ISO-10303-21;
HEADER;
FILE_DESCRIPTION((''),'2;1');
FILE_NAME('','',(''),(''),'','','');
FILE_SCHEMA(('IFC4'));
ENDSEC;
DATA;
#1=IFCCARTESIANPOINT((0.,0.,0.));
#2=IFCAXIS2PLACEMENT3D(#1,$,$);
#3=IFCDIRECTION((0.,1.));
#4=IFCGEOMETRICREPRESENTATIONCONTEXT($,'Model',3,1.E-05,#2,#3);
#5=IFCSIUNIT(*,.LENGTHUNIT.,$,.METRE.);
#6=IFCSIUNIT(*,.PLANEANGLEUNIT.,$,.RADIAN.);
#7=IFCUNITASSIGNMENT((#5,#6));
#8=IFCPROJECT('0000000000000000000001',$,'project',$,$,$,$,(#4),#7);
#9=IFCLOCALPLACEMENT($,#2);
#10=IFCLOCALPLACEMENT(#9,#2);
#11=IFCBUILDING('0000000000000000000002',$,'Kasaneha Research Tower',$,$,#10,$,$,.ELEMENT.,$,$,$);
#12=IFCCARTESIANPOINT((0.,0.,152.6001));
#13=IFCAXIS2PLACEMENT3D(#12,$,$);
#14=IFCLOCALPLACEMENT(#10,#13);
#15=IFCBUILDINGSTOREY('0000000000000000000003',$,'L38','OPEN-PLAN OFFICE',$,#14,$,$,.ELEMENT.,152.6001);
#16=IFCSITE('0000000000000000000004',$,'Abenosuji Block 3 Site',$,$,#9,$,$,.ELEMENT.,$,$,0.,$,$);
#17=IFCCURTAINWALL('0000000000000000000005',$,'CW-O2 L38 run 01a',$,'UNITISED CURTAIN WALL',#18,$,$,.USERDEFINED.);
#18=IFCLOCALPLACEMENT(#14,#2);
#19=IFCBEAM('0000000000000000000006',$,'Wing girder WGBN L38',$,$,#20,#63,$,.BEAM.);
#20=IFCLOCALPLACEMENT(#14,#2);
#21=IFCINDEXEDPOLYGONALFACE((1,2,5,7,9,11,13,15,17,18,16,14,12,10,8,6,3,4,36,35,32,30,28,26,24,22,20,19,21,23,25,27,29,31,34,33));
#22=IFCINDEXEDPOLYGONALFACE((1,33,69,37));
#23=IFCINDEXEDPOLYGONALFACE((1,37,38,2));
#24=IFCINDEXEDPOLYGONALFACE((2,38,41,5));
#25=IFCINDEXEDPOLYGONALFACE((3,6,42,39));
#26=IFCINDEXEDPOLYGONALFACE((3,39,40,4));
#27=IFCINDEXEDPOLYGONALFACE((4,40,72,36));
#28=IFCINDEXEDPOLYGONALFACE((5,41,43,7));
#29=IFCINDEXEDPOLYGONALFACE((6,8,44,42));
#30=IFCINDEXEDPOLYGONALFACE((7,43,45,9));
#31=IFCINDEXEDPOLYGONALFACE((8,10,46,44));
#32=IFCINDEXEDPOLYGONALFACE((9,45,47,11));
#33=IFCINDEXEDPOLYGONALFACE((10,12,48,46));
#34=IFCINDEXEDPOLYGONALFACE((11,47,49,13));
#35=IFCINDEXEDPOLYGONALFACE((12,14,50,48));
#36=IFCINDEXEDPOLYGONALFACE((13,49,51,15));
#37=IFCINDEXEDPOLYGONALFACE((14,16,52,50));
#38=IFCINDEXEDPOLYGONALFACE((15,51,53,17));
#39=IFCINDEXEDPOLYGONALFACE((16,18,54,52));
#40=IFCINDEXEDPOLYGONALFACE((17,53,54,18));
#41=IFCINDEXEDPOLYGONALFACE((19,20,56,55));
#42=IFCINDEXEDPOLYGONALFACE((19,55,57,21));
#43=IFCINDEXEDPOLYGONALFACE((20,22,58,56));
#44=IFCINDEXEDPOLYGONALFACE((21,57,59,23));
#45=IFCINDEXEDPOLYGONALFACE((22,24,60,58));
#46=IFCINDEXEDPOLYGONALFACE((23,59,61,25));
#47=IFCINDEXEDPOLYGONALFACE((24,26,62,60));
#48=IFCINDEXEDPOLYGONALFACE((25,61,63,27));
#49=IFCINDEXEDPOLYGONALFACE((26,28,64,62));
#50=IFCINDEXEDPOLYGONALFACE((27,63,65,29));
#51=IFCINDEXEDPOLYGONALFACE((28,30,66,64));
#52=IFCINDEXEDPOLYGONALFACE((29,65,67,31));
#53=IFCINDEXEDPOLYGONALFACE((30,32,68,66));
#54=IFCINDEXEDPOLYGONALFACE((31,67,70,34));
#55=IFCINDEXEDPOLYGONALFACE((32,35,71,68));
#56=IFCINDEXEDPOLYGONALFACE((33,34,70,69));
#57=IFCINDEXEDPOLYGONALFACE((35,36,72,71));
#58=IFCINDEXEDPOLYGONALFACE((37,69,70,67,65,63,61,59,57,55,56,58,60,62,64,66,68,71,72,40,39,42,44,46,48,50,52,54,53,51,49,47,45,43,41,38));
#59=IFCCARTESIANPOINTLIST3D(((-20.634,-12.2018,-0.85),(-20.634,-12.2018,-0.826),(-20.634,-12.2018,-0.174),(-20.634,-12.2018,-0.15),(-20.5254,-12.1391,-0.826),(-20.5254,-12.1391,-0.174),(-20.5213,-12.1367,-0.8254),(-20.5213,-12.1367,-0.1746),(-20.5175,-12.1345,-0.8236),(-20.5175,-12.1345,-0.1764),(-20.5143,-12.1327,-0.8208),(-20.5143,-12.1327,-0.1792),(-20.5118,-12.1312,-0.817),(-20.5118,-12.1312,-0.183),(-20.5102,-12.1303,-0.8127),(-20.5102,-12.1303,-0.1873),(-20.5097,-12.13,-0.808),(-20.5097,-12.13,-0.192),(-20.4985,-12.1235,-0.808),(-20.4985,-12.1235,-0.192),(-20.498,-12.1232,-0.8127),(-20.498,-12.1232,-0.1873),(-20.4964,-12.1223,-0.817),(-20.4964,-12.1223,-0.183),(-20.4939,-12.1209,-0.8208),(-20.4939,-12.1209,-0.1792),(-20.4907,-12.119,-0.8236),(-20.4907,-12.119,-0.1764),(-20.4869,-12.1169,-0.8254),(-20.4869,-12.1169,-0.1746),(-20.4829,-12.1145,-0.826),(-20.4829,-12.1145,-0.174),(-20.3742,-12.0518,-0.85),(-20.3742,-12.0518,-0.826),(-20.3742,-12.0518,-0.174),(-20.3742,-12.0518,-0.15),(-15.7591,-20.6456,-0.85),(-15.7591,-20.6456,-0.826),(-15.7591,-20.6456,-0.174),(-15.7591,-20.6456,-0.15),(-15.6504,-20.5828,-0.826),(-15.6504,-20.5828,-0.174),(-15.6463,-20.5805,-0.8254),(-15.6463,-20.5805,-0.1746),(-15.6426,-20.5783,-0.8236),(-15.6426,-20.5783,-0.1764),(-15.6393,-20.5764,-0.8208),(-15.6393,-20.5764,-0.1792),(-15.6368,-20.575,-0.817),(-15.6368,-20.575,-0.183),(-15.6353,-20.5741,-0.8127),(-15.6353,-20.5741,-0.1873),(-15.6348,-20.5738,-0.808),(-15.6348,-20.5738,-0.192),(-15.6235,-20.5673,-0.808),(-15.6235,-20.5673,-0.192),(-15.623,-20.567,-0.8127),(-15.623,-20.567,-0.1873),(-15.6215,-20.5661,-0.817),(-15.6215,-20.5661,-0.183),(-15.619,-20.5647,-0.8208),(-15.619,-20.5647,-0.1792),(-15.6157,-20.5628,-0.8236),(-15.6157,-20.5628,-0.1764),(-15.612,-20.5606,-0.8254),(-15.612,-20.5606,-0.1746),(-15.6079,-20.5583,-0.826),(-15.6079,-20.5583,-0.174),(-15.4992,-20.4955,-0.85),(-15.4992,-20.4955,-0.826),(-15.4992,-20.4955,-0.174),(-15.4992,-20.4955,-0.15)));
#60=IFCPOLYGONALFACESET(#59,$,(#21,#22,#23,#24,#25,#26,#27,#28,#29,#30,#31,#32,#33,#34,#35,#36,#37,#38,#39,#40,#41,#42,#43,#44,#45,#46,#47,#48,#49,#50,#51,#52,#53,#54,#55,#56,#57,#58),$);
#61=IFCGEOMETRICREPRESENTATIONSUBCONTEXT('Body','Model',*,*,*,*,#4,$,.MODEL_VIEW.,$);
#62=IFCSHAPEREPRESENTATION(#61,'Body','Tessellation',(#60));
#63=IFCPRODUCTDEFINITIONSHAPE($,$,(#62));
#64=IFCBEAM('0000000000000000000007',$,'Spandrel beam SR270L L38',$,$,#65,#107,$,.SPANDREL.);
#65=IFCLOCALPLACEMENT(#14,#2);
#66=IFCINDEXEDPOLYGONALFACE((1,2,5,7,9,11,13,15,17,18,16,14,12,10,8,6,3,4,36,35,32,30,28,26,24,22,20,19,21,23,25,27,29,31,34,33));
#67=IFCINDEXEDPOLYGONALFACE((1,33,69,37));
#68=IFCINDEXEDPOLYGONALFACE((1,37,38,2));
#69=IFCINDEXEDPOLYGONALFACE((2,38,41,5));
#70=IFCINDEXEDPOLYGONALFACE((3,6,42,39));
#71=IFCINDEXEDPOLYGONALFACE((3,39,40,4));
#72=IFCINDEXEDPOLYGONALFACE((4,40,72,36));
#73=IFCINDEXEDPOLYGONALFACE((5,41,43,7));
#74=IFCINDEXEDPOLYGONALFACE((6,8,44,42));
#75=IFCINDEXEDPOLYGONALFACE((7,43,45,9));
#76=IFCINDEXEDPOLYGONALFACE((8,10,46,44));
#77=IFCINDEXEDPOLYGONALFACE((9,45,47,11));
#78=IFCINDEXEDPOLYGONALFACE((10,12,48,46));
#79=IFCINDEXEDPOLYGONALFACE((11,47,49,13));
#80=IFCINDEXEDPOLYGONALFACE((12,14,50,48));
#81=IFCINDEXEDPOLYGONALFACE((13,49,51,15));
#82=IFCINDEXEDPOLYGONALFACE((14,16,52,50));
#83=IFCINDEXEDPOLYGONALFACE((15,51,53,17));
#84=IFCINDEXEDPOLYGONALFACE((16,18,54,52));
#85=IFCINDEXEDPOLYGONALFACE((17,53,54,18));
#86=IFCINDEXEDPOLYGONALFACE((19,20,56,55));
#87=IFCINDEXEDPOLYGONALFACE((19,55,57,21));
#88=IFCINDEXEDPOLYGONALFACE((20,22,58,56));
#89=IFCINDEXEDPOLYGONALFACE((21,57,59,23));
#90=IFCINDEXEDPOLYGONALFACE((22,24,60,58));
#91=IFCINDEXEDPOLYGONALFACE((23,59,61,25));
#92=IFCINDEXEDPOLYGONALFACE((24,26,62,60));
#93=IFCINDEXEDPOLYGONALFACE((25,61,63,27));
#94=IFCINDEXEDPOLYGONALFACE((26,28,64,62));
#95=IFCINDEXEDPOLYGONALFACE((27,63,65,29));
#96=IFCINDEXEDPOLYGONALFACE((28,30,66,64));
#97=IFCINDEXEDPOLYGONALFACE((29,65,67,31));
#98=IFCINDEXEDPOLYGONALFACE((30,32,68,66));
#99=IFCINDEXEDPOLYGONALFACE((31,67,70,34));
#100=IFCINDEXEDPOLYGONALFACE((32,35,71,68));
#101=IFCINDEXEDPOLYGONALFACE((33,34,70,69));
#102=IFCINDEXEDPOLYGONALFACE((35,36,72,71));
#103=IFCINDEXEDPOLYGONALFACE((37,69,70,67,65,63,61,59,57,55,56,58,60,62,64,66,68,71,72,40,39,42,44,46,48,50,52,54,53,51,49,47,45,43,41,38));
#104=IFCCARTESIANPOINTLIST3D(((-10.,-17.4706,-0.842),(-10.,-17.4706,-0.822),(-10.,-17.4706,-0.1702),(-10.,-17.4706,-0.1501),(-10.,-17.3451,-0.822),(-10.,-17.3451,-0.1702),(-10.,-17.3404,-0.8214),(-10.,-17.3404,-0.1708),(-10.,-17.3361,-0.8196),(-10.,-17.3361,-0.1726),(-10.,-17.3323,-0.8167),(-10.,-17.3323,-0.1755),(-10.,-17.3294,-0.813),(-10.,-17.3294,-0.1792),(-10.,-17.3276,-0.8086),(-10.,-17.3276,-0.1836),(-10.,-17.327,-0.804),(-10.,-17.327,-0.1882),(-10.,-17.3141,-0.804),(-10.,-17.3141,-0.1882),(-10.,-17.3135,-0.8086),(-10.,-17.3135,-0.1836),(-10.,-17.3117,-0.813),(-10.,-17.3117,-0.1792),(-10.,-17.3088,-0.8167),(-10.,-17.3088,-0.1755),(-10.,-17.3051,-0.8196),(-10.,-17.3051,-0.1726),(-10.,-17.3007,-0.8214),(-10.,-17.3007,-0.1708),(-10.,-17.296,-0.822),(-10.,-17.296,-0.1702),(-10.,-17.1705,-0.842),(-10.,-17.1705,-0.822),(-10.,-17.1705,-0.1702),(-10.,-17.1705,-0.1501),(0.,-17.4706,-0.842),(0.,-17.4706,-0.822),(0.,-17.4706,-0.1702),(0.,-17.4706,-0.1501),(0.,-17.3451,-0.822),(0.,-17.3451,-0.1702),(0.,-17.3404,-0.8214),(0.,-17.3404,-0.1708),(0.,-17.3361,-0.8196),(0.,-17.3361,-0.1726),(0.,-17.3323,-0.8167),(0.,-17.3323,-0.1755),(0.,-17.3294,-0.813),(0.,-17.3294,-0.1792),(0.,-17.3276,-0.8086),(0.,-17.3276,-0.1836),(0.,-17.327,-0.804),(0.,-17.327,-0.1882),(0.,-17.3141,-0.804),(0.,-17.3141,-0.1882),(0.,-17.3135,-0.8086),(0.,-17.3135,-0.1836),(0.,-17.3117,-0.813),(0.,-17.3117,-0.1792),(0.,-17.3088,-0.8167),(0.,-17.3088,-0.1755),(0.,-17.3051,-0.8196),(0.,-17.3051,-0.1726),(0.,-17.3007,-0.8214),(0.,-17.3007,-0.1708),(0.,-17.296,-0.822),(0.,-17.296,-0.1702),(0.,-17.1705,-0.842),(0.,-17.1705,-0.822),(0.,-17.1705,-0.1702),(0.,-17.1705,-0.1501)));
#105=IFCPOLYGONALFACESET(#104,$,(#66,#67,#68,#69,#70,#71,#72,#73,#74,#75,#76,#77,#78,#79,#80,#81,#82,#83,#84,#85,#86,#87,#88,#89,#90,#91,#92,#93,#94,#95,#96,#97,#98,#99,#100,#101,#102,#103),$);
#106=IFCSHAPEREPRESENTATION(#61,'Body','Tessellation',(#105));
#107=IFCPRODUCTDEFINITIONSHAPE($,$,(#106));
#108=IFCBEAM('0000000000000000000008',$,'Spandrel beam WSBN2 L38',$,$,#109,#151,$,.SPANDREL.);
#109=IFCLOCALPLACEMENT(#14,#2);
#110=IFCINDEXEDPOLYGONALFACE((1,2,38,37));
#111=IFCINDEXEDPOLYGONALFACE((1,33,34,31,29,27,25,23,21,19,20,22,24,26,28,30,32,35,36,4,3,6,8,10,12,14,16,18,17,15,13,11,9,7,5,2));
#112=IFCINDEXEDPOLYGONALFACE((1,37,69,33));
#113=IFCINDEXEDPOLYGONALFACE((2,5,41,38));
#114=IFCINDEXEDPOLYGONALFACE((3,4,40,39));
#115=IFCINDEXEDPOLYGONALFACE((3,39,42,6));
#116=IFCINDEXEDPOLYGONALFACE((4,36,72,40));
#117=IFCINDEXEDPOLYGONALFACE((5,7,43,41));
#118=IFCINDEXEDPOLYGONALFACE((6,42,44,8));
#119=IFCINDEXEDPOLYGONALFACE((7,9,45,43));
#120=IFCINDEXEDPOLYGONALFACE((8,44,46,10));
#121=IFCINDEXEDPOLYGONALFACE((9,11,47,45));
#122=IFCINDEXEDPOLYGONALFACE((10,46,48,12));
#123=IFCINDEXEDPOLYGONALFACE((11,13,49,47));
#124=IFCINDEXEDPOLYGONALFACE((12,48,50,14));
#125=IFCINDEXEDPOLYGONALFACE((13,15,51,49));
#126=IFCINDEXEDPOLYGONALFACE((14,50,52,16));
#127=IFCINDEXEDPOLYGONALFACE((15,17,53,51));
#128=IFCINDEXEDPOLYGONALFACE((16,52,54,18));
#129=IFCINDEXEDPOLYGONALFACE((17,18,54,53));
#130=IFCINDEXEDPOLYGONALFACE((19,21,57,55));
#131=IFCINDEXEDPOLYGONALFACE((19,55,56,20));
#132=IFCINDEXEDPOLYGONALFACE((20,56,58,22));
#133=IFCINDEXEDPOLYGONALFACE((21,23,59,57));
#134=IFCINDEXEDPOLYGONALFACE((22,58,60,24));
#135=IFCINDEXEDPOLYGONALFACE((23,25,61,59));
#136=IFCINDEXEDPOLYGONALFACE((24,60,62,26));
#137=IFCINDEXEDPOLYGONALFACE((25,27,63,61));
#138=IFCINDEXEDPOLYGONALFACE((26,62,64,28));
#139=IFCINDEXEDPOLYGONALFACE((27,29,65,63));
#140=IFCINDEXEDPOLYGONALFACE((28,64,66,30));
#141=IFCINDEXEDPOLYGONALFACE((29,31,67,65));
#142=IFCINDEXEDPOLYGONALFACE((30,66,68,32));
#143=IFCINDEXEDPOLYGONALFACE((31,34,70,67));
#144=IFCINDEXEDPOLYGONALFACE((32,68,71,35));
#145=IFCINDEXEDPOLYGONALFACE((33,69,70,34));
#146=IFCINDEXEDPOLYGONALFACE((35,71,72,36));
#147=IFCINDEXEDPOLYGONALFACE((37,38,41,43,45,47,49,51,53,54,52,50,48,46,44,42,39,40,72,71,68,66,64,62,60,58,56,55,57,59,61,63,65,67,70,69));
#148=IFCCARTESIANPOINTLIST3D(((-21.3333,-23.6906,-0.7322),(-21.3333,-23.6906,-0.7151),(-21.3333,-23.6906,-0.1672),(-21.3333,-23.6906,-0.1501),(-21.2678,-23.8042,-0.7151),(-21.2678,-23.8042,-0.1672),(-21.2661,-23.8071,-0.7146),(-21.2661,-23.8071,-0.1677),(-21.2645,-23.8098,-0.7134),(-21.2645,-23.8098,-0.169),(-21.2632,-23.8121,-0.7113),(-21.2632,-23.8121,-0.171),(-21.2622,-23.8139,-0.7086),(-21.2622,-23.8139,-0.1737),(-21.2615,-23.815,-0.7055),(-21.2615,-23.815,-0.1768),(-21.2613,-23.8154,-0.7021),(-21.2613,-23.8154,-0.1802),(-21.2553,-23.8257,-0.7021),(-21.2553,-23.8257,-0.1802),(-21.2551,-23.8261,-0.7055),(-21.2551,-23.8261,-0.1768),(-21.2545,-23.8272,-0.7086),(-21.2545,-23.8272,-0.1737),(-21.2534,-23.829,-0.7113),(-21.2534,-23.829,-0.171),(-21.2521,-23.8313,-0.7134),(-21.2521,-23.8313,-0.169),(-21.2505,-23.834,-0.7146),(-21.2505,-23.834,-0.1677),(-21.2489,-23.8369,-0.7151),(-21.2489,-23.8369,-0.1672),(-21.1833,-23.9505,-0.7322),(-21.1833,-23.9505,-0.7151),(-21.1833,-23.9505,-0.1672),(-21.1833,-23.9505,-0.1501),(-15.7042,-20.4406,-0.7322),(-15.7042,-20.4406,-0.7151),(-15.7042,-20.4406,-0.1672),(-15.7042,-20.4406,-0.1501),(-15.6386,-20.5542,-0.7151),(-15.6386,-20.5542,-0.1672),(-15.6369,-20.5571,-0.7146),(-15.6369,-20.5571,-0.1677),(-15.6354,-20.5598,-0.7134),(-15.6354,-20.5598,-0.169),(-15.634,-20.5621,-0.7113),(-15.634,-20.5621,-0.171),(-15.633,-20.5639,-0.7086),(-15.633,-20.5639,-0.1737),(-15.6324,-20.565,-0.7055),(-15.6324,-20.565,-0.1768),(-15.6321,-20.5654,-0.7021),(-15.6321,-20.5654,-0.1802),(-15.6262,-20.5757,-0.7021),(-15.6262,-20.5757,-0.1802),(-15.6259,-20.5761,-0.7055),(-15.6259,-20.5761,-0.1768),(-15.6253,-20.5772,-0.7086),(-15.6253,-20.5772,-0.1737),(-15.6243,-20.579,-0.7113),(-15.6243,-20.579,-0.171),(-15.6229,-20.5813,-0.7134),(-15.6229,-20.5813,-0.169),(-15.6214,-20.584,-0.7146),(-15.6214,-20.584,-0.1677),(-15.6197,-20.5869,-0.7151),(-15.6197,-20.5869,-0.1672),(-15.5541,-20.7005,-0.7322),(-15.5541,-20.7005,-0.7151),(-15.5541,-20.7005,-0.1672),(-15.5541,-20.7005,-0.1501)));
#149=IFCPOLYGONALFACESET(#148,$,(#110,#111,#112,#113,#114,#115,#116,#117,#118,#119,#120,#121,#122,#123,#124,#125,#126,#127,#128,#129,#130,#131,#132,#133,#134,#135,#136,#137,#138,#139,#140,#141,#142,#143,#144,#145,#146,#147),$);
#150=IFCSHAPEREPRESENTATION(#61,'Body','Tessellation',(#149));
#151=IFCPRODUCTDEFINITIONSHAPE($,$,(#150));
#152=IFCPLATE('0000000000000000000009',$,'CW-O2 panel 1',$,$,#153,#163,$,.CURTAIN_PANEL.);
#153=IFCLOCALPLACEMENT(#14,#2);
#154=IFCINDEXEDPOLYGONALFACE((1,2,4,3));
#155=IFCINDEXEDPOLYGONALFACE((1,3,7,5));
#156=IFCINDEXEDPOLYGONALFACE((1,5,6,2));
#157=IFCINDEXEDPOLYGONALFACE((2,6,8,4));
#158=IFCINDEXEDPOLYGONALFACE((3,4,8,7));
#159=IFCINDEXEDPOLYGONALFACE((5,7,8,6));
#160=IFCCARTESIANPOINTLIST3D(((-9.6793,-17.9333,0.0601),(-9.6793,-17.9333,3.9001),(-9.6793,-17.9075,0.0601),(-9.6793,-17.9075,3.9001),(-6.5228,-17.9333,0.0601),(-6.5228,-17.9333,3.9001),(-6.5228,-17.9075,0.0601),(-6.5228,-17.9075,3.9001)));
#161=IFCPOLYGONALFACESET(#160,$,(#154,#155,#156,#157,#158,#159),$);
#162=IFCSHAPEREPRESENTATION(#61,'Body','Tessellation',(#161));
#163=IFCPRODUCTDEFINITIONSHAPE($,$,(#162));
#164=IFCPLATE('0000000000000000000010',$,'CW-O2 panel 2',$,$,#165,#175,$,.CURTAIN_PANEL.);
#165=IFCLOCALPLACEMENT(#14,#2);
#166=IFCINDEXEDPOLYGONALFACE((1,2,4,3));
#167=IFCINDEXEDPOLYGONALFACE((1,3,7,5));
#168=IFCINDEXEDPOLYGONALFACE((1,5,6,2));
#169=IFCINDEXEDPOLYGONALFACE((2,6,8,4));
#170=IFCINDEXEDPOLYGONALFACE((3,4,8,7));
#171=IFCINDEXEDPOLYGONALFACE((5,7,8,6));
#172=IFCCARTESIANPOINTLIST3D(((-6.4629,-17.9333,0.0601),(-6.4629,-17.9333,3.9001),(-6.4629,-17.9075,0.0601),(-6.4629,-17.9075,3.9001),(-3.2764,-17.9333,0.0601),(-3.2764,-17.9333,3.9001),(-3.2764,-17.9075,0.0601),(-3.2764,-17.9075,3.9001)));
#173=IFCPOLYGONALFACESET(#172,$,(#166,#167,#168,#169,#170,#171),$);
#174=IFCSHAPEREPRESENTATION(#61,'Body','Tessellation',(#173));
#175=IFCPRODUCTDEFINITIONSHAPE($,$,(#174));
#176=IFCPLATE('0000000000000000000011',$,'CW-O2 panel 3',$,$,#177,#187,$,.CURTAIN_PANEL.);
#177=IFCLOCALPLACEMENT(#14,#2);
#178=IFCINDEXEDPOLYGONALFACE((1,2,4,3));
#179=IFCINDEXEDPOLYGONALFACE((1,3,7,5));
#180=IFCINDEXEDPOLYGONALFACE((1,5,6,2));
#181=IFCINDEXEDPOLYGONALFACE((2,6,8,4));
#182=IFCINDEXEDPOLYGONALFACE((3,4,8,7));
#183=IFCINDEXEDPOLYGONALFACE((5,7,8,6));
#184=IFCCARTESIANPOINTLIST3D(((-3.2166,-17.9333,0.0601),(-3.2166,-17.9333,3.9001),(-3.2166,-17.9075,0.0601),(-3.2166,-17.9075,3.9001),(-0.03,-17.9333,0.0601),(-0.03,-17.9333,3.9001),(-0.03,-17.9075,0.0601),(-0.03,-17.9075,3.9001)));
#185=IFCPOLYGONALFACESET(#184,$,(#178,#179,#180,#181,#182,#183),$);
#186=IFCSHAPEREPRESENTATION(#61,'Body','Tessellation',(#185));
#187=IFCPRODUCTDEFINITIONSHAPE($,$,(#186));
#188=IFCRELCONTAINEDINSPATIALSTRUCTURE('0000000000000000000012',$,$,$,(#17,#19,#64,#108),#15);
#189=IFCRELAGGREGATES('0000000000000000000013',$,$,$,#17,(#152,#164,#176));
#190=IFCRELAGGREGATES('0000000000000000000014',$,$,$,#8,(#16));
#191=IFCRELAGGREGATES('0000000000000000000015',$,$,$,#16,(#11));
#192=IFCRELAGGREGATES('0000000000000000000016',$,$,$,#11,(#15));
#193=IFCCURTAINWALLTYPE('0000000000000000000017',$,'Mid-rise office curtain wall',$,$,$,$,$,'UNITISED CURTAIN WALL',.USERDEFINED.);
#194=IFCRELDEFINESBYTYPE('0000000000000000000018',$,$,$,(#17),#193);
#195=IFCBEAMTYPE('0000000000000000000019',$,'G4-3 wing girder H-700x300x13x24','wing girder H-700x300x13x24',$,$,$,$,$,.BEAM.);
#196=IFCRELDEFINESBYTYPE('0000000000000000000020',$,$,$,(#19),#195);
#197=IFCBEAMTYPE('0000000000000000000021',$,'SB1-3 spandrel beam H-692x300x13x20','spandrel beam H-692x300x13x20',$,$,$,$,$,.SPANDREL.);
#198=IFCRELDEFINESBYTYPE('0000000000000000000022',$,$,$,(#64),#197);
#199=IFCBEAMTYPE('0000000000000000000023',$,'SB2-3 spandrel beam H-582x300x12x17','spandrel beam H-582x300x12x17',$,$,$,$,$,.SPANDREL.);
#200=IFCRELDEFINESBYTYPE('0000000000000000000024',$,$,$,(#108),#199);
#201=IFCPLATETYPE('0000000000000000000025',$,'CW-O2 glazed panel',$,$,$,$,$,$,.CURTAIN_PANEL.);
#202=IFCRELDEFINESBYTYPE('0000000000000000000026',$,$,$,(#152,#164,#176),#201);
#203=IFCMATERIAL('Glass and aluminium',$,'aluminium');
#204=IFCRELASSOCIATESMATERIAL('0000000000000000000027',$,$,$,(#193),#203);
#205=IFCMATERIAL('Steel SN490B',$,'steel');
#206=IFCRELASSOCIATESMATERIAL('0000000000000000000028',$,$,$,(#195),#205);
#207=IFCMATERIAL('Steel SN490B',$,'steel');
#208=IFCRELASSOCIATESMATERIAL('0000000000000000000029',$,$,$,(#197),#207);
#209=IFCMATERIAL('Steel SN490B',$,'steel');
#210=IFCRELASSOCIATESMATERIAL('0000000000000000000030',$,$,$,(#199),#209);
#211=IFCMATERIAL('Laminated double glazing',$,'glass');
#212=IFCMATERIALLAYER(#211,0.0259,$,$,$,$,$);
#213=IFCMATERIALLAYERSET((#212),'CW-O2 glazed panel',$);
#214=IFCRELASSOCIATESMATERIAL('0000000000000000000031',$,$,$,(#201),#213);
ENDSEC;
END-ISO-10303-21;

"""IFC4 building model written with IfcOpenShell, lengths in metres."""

from ifc_helpers import new_model, si_unit, direction, frame, origin, origin_2d, place, context, subcontext, project, spatial, rectangle, i_section, extrude, material, layer, layer_set, material_profile, profile_set, type_object, element, aggregate, save


model = new_model("IFC4")

# Units and contexts
model_context = context("Model", 3, precision=1e-05, world=origin(), true_north=direction((0.0, 1.0)))
body_context = subcontext(model_context, "Body", "Model", "MODEL_VIEW")
ifc_project = project(units=[si_unit("LENGTHUNIT", "METRE"), si_unit("PLANEANGLEUNIT", "RADIAN")], contexts=[model_context])

# Site, building, storey
site_placement = place(None, origin())
site = spatial("IfcSite", under=ifc_project, at=site_placement, Name="Abenosuji Block 3 Site", CompositionType="ELEMENT", RefElevation=0.0)
building_placement = place(site_placement, origin())
building = spatial("IfcBuilding", under=site, at=building_placement, Name="Kasaneha Research Tower", CompositionType="ELEMENT")
storey_placement = place(building_placement, frame((0.0, 0.0, 152.6001)))
storey = spatial("IfcBuildingStorey", under=building, at=storey_placement, Name="L38", Description="OPEN-PLAN OFFICE", CompositionType="ELEMENT", Elevation=152.6001)

# Curtain wall
ifc_material_1 = material(Name="Glass and aluminium", Category="aluminium")
curtain_wall_type = type_object("IfcCurtainWallType", Name="Mid-rise office curtain wall", ElementType="UNITISED CURTAIN WALL", PredefinedType="USERDEFINED", material=ifc_material_1)
curtain_wall_1_placement = place(storey_placement, origin())
curtain_wall_1 = element("IfcCurtainWall", 1, at=curtain_wall_1_placement, inside=storey, type_object=curtain_wall_type, Name="CW-O2 L38 run 01a", ObjectType="UNITISED CURTAIN WALL", PredefinedType="USERDEFINED")

# Beams
ifc_material_2 = material(Name="Steel SN490B", Category="steel")
ifc_material_profile_1 = material_profile(ifc_material_2, i_section(OverallWidth=0.3, OverallDepth=0.7, WebThickness=0.0129, FlangeThickness=0.0239, FilletRadius=0.0181, at=origin_2d()), Name="H-700x300x13x24")
ifc_profile_set_1 = profile_set([ifc_material_profile_1], Name="Steel SN490B")
beam_type_1 = type_object("IfcBeamType", Name="G4-3 wing girder H-700x300x13x24", Description="wing girder H-700x300x13x24", PredefinedType="BEAM", material=ifc_profile_set_1)
beam_1_placement = place(storey_placement, frame((-15.6292, -20.5706, -0.5), z_axis=(-0.499996, 0.866028, 0.0), x_axis=(-0.866028, -0.499996, 0.0)))
element("IfcBeam", 2, at=beam_1_placement, inside=storey, type_object=beam_type_1, Name="Wing girder WGBN L38", PredefinedType="BEAM", context=body_context, shape_type="SweptSolid", body=[
    extrude(i_section(OverallWidth=0.3, OverallDepth=0.7, WebThickness=0.0129, FlangeThickness=0.0239, FilletRadius=0.0181, at=origin_2d()), origin(), (0.0, 0.0, 1.0), 9.75),
])
ifc_material_3 = material(Name="Steel SN490B", Category="steel")
ifc_material_profile_2 = material_profile(ifc_material_3, i_section(OverallWidth=0.3, OverallDepth=0.6919, WebThickness=0.0129, FlangeThickness=0.02, FilletRadius=0.0181, at=origin_2d()), Name="H-692x300x13x20")
ifc_profile_set_2 = profile_set([ifc_material_profile_2], Name="Steel SN490B")
beam_type_2 = type_object("IfcBeamType", Name="SB1-3 spandrel beam H-692x300x13x20", Description="spandrel beam H-692x300x13x20", PredefinedType="SPANDREL", material=ifc_profile_set_2)
beam_2_placement = place(storey_placement, frame((-10.0, -17.3206, -0.4961), z_axis=(1.0, 0.0, 0.0), x_axis=(0.0, 1.0, 0.0)))
element("IfcBeam", 3, at=beam_2_placement, inside=storey, type_object=beam_type_2, Name="Spandrel beam SR270L L38", PredefinedType="SPANDREL", context=body_context, shape_type="SweptSolid", body=[
    extrude(i_section(OverallWidth=0.3, OverallDepth=0.6919, WebThickness=0.0129, FlangeThickness=0.02, FilletRadius=0.0181, at=origin_2d()), origin(), (0.0, 0.0, 1.0), 10.0),
])
ifc_material_4 = material(Name="Steel SN490B", Category="steel")
ifc_material_profile_3 = material_profile(ifc_material_4, i_section(OverallWidth=0.3, OverallDepth=0.582, WebThickness=0.012, FlangeThickness=0.0171, FilletRadius=0.0129, at=origin_2d()), Name="H-582x300x12x17")
ifc_profile_set_3 = profile_set([ifc_material_profile_3], Name="Steel SN490B")
beam_type_3 = type_object("IfcBeamType", Name="SB2-3 spandrel beam H-582x300x12x17", Description="spandrel beam H-582x300x12x17", PredefinedType="SPANDREL", material=ifc_profile_set_3)
beam_3_placement = place(storey_placement, frame((-15.6292, -20.5706, -0.4412), z_axis=(-0.866025, -0.500001, 0.0), x_axis=(0.500001, -0.866025, 0.0)))
element("IfcBeam", 4, at=beam_3_placement, inside=storey, type_object=beam_type_3, Name="Spandrel beam WSBN2 L38", PredefinedType="SPANDREL", context=body_context, shape_type="SweptSolid", body=[
    extrude(i_section(OverallWidth=0.3, OverallDepth=0.582, WebThickness=0.012, FlangeThickness=0.0171, FilletRadius=0.0129, at=origin_2d()), origin(), (0.0, 0.0, 1.0), 6.5),
])

# Plates
ifc_material_5 = material(Name="Laminated double glazing", Category="glass")
ifc_layer_1 = layer(ifc_material_5, 0.0259)
ifc_layer_set_1 = layer_set([ifc_layer_1], Name="CW-O2 glazed panel")
plate_type = type_object("IfcPlateType", Name="CW-O2 glazed panel", PredefinedType="CURTAIN_PANEL", material=ifc_layer_set_1)
plate_1_placement = place(storey_placement, frame((-8.1011, -17.9204, 0.0601), z_axis=(0.0, 0.0, 1.0), x_axis=(1.0, 0.0, 0.0)))
plate_1 = element("IfcPlate", 5, at=plate_1_placement, type_object=plate_type, Name="CW-O2 panel 1", PredefinedType="CURTAIN_PANEL", context=body_context, shape_type="SweptSolid", body=[
    extrude(rectangle(XDim=3.1565, YDim=0.0259, at=origin_2d()), origin(), (0.0, 0.0, 1.0), 3.8401),
])
plate_2_placement = place(storey_placement, frame((-4.8696, -17.9204, 0.0601), z_axis=(0.0, 0.0, 1.0), x_axis=(1.0, 0.0, 0.0)))
plate_2 = element("IfcPlate", 6, at=plate_2_placement, type_object=plate_type, Name="CW-O2 panel 2", PredefinedType="CURTAIN_PANEL", context=body_context, shape_type="SweptSolid", body=[
    extrude(rectangle(XDim=3.1865, YDim=0.0259, at=origin_2d()), origin(), (0.0, 0.0, 1.0), 3.8401),
])
plate_3_placement = place(storey_placement, frame((-1.6233, -17.9204, 0.0601), z_axis=(0.0, 0.0, 1.0), x_axis=(1.0, 0.0, 0.0)))
plate_3 = element("IfcPlate", 7, at=plate_3_placement, type_object=plate_type, Name="CW-O2 panel 3", PredefinedType="CURTAIN_PANEL", context=body_context, shape_type="SweptSolid", body=[
    extrude(rectangle(XDim=3.1865, YDim=0.0259, at=origin_2d()), origin(), (0.0, 0.0, 1.0), 3.8401),
])
aggregate(curtain_wall_1, [plate_1, plate_2, plate_3])

save(model, "model.ifc")
